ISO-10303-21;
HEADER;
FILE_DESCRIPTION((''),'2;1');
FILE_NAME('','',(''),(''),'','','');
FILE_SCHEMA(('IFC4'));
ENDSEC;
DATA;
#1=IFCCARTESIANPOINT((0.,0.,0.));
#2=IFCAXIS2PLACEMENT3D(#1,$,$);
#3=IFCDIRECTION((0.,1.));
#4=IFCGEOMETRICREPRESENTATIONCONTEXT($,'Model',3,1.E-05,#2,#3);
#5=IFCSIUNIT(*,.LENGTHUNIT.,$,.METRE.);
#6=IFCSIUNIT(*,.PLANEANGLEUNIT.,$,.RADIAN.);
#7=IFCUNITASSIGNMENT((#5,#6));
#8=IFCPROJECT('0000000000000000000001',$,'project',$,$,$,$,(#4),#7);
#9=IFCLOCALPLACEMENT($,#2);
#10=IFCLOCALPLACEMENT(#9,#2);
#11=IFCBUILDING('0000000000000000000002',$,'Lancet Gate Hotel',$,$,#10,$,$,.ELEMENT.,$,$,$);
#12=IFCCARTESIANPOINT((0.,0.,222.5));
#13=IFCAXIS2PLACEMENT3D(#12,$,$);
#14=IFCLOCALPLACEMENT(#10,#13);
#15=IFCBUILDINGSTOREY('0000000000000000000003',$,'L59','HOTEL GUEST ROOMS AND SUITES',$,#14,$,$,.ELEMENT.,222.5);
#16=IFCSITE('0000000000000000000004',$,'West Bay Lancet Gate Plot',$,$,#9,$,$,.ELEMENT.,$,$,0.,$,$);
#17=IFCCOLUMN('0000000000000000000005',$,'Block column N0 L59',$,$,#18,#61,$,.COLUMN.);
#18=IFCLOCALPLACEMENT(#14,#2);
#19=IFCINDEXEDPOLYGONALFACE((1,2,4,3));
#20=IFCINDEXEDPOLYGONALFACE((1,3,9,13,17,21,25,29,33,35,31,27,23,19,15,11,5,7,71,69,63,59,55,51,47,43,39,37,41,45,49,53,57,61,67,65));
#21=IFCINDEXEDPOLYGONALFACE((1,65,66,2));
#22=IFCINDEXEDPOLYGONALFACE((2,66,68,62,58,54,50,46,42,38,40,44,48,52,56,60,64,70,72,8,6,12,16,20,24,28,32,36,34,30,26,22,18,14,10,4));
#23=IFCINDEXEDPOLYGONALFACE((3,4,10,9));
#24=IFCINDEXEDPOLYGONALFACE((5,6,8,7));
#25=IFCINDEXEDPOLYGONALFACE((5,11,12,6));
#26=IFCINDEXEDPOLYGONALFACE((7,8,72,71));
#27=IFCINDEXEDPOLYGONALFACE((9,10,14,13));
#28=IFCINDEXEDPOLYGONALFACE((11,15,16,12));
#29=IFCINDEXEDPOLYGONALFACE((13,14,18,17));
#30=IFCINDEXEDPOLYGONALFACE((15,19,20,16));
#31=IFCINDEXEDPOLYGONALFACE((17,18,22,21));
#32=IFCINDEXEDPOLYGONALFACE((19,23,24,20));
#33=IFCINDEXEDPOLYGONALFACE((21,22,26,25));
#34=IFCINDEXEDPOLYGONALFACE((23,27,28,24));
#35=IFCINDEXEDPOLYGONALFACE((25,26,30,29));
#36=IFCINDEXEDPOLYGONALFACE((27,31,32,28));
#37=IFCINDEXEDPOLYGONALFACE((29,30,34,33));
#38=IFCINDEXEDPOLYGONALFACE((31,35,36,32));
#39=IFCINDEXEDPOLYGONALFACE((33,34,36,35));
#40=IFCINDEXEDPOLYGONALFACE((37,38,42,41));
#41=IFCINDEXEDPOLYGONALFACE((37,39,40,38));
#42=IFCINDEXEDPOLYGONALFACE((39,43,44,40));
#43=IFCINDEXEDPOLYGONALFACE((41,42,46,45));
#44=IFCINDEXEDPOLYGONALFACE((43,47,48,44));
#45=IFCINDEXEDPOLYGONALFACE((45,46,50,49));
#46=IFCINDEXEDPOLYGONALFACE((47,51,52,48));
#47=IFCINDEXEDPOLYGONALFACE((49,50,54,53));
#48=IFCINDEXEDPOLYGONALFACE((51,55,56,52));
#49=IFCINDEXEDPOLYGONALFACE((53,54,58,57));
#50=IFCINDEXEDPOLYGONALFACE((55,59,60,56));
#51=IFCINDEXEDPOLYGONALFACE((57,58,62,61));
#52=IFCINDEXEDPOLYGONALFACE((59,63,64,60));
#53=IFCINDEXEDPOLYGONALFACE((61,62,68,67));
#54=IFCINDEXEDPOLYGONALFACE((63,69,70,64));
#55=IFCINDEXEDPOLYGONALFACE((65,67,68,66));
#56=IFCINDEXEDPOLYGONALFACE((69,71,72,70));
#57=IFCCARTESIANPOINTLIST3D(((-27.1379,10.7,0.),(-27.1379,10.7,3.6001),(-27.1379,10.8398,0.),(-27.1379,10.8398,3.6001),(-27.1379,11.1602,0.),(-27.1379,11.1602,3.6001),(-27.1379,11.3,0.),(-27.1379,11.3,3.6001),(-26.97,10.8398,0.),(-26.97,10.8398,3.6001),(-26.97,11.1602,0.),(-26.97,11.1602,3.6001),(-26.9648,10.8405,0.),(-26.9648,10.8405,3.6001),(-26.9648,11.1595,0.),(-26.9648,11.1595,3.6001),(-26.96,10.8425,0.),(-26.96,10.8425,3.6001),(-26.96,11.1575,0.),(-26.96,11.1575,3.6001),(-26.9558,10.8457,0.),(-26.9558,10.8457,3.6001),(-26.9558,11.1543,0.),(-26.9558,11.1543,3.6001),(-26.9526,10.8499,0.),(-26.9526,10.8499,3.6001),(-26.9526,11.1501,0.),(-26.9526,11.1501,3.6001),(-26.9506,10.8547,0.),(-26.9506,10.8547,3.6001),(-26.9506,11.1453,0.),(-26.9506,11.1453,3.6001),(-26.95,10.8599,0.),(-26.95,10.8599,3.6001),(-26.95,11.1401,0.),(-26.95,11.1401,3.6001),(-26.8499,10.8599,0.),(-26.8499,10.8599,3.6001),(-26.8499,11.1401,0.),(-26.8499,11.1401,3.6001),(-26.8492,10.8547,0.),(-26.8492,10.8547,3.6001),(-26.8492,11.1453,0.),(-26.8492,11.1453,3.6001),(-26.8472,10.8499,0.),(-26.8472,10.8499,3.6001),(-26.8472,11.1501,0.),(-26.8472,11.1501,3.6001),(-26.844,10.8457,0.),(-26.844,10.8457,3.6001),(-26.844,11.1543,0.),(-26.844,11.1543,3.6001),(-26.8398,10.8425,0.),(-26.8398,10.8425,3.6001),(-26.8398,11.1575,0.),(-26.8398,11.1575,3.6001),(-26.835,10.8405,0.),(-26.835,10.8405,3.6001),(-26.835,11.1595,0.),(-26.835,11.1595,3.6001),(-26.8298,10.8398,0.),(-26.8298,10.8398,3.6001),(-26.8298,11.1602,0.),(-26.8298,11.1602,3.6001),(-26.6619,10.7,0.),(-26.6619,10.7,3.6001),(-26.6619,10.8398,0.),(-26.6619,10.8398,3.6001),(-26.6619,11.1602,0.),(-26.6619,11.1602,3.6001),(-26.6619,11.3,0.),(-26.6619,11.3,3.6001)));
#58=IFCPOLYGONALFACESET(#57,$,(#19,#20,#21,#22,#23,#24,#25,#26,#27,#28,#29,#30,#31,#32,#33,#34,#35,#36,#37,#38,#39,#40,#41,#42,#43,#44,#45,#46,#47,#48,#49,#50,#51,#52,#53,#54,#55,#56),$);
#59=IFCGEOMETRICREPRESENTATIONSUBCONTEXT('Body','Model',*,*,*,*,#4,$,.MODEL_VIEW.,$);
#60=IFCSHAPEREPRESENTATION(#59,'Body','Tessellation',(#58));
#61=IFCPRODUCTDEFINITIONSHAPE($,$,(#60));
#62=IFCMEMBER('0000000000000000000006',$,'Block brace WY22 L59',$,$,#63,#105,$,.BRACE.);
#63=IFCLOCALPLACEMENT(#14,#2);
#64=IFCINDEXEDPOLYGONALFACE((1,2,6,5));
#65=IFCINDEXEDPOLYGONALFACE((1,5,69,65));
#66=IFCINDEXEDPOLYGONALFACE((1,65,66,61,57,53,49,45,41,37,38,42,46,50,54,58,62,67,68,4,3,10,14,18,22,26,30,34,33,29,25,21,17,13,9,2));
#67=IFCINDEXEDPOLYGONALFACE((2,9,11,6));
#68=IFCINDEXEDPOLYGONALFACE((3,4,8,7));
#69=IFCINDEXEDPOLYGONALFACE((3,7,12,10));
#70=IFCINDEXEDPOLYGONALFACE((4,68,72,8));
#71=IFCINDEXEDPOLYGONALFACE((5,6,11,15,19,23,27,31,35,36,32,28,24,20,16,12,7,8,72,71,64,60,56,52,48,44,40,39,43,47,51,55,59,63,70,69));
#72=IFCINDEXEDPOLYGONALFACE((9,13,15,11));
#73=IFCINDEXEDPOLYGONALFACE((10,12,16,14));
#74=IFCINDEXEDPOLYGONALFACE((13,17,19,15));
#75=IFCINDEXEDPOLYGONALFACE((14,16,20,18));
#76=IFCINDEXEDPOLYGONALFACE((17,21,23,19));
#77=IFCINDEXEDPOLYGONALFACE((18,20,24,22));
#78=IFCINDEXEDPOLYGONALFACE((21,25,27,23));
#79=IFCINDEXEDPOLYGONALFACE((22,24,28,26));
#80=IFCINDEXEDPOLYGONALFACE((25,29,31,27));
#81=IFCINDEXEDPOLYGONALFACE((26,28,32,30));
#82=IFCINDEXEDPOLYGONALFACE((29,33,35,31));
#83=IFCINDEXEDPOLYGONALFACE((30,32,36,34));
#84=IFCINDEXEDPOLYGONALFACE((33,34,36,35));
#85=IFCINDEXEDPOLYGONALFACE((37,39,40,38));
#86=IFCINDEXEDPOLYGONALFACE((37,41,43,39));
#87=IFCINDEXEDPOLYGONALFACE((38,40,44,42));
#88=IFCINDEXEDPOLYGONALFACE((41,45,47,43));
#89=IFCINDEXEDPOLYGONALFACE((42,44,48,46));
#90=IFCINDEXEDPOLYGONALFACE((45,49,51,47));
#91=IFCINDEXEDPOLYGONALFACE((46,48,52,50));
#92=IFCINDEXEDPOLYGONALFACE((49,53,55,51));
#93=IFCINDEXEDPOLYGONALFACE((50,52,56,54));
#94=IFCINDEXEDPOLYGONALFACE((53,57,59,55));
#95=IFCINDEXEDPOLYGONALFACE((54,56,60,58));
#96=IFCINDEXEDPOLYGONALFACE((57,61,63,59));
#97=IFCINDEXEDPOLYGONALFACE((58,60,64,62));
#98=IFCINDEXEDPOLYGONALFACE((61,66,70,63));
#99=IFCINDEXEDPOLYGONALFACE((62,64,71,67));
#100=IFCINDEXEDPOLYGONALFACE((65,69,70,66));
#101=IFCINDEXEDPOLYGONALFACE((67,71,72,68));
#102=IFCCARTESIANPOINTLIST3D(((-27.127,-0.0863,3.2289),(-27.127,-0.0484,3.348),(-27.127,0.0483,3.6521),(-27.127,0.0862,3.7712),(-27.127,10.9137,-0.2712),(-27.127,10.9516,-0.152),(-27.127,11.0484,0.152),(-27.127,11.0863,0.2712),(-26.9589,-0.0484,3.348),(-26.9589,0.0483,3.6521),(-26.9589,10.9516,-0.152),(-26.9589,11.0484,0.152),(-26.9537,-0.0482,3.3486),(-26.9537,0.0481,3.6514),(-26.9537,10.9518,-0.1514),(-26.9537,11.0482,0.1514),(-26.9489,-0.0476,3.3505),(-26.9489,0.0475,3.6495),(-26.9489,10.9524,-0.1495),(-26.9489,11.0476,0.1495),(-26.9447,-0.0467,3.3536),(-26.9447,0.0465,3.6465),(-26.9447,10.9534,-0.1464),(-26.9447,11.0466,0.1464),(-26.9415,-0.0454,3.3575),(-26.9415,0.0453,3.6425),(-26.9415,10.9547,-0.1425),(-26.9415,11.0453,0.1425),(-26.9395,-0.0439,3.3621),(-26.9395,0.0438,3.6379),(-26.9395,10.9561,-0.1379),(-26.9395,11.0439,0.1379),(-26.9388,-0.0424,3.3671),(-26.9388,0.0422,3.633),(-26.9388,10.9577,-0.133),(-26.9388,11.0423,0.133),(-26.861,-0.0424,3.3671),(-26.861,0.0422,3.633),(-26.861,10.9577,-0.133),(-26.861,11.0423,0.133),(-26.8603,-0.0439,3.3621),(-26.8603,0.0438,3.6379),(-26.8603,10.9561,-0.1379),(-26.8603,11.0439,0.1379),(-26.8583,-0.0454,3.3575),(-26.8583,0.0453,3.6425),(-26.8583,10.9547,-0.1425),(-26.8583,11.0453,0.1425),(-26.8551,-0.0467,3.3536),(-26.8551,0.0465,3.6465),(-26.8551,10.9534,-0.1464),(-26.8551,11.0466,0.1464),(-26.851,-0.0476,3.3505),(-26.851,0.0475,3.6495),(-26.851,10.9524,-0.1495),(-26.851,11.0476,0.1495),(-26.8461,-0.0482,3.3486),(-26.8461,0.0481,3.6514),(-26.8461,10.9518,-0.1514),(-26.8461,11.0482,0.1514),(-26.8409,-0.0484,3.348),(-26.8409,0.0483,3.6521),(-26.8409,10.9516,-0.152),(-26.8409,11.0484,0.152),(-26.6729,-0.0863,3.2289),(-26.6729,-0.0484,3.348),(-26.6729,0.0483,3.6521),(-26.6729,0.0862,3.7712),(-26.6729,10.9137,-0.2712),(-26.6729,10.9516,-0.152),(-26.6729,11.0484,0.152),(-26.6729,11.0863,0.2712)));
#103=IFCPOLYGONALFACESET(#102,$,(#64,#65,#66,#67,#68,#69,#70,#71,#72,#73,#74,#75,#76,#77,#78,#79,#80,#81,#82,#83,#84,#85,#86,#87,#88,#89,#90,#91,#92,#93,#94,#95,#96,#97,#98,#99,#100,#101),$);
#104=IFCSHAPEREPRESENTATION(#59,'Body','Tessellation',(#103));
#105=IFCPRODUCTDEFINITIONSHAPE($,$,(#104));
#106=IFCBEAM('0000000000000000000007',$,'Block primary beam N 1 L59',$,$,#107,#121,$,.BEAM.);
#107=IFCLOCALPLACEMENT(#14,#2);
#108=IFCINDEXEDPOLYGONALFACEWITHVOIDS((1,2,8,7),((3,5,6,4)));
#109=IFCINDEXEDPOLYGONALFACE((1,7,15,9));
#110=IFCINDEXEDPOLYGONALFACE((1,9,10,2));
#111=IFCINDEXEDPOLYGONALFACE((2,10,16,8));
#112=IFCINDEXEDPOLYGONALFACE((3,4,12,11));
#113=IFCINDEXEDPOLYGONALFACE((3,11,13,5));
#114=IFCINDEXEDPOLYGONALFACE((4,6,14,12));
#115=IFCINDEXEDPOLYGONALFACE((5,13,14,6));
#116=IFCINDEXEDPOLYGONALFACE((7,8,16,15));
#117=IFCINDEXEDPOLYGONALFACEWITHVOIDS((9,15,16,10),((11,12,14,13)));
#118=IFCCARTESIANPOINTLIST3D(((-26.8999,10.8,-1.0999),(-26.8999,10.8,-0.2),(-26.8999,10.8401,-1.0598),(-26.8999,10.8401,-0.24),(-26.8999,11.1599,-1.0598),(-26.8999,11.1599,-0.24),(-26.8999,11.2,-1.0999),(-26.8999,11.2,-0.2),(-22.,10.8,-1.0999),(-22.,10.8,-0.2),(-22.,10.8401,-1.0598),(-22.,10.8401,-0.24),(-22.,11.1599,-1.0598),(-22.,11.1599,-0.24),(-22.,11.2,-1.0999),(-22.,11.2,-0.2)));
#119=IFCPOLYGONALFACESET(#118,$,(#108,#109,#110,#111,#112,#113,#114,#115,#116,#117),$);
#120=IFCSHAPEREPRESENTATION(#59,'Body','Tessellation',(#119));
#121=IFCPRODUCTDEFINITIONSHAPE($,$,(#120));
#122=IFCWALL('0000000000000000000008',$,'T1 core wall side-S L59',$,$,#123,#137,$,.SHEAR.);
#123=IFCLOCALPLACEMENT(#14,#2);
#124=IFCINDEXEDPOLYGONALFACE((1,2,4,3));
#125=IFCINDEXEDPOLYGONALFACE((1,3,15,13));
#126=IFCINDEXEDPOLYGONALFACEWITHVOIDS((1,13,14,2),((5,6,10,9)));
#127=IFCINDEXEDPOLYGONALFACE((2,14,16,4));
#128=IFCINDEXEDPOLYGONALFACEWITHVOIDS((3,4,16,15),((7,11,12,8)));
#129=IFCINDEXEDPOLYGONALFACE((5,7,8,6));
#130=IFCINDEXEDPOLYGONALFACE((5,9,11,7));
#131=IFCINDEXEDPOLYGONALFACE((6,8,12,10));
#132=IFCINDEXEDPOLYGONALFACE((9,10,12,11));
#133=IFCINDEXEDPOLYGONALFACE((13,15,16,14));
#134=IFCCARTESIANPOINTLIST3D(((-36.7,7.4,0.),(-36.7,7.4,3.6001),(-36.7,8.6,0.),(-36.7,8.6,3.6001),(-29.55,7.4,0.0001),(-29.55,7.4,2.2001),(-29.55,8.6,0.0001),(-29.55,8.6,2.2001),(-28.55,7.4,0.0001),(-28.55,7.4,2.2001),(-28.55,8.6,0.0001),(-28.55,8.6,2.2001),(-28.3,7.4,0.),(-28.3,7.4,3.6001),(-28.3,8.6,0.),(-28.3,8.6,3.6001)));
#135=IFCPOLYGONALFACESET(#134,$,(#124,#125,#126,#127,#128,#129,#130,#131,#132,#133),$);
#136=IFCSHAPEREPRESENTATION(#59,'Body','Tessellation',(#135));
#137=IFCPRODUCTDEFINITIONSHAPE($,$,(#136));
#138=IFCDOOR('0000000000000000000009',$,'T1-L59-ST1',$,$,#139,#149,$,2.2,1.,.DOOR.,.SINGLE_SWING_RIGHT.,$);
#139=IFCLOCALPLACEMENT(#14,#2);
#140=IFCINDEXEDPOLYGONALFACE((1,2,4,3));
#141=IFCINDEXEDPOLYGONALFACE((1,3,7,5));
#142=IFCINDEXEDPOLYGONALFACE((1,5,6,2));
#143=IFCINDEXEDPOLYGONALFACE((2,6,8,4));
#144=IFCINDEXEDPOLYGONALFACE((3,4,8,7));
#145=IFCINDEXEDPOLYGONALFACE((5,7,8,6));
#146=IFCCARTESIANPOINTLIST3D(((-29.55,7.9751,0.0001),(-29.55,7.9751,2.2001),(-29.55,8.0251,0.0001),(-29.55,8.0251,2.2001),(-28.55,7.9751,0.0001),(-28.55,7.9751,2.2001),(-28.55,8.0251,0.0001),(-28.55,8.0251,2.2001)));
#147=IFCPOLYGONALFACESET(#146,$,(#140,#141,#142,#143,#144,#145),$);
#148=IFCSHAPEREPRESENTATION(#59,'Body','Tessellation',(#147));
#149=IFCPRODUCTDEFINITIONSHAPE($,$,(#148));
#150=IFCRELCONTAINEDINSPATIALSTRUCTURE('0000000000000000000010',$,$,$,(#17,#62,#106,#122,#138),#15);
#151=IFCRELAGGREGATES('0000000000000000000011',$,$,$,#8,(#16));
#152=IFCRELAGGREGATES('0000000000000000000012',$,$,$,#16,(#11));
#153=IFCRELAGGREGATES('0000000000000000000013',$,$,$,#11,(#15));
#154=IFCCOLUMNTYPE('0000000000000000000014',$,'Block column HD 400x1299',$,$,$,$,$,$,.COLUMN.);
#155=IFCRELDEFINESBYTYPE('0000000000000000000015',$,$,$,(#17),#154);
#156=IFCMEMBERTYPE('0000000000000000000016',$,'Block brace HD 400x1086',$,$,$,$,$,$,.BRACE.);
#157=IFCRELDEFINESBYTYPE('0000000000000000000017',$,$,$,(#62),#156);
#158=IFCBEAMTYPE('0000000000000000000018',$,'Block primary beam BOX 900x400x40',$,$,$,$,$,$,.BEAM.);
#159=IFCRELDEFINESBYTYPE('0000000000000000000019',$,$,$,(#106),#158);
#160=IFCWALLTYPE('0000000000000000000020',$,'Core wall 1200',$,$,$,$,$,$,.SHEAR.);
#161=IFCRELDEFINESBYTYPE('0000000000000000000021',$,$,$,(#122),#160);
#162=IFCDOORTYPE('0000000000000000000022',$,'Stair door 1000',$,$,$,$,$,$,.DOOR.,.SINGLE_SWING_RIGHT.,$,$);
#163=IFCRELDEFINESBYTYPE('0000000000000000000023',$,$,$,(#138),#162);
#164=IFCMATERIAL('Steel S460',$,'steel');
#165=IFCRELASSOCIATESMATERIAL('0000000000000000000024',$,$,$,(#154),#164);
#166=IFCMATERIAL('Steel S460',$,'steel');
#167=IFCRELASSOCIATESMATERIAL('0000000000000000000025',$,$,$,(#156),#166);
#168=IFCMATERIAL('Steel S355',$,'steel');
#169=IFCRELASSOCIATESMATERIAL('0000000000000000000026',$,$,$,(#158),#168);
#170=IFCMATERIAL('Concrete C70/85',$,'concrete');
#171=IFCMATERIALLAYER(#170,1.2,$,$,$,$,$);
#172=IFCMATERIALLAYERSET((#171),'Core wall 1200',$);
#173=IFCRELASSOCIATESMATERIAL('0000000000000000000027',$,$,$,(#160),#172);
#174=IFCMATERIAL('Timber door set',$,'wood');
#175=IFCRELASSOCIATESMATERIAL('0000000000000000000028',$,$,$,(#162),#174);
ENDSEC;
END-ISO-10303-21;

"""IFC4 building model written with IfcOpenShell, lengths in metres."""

from ifc_helpers import new_model, si_unit, direction, frame, frame_2d, origin, origin_2d, place, context, subcontext, project, spatial, rectangle, hollow_rectangle, i_section, extrude, material, layer, layer_set, material_profile, profile_set, type_object, element, fill, save


model = new_model("IFC4")

# Units and contexts
model_context = context("Model", 3, precision=1e-05, world=origin(), true_north=direction((0.0, 1.0)))
body_context = subcontext(model_context, "Body", "Model", "MODEL_VIEW")
ifc_project = project(units=[si_unit("LENGTHUNIT", "METRE"), si_unit("PLANEANGLEUNIT", "RADIAN")], contexts=[model_context])

# Site, building, storey
site_placement = place(None, origin())
site = spatial("IfcSite", under=ifc_project, at=site_placement, Name="West Bay Lancet Gate Plot", CompositionType="ELEMENT", RefElevation=0.0)
building_placement = place(site_placement, origin())
building = spatial("IfcBuilding", under=site, at=building_placement, Name="Lancet Gate Hotel", CompositionType="ELEMENT")
storey_placement = place(building_placement, frame((0.0, 0.0, 222.5)))
storey = spatial("IfcBuildingStorey", under=building, at=storey_placement, Name="L59", Description="HOTEL GUEST ROOMS AND SUITES", CompositionType="ELEMENT", Elevation=222.5)

# Column
ifc_material_1 = material(Name="Steel S460", Category="steel")
ifc_material_profile_1 = material_profile(ifc_material_1, i_section(OverallWidth=0.4761, OverallDepth=0.6001, WebThickness=0.1001, FlangeThickness=0.1399, FilletRadius=0.02, at=origin_2d()), Name="HD 400x1299")
ifc_profile_set_1 = profile_set([ifc_material_profile_1], Name="Steel S460")
column_type = type_object("IfcColumnType", Name="Block column HD 400x1299", PredefinedType="COLUMN", material=ifc_profile_set_1)
column_placement = place(storey_placement, frame((-26.8999, 11.0, 0.0), z_axis=(0.0, 0.0, 1.0), x_axis=(1.0, 0.0, 0.0)))
element("IfcColumn", 1, at=column_placement, inside=storey, type_object=column_type, Name="Block column N0 L59", PredefinedType="COLUMN", context=body_context, shape_type="SweptSolid", body=[
    extrude(i_section(OverallWidth=0.4761, OverallDepth=0.6001, WebThickness=0.1001, FlangeThickness=0.1399, FilletRadius=0.02, at=origin_2d()), origin(), (0.0, 0.0, 1.0), 3.6001),
])

# Member
ifc_material_2 = material(Name="Steel S460", Category="steel")
ifc_material_profile_2 = material_profile(ifc_material_2, i_section(OverallWidth=0.4541, OverallDepth=0.5691, WebThickness=0.0779, FlangeThickness=0.125, FilletRadius=0.02, at=origin_2d()), Name="HD 400x1086")
ifc_profile_set_2 = profile_set([ifc_material_profile_2], Name="Steel S460")
member_type = type_object("IfcMemberType", Name="Block brace HD 400x1086", PredefinedType="BRACE", material=ifc_profile_set_2)
member_placement = place(storey_placement, frame((-26.8999, 11.0, 0.0), z_axis=(0.0, -0.952926, 0.303204), x_axis=(1.0, 0.0, 0.0)))
element("IfcMember", 2, at=member_placement, inside=storey, type_object=member_type, Name="Block brace WY22 L59", PredefinedType="BRACE", context=body_context, shape_type="SweptSolid", body=[
    extrude(i_section(OverallWidth=0.4541, OverallDepth=0.5691, WebThickness=0.0779, FlangeThickness=0.125, FilletRadius=0.02, at=origin_2d()), origin(), (0.0, 0.0, 1.0), 11.5435),
])

# Beam
ifc_material_3 = material(Name="Steel S355", Category="steel")
ifc_material_profile_3 = material_profile(ifc_material_3, hollow_rectangle(XDim=0.3999, YDim=0.8999, WallThickness=0.04, at=origin_2d()), Name="BOX 900x400x40")
ifc_profile_set_3 = profile_set([ifc_material_profile_3], Name="Steel S355")
beam_type = type_object("IfcBeamType", Name="Block primary beam BOX 900x400x40", PredefinedType="BEAM", material=ifc_profile_set_3)
beam_placement = place(storey_placement, frame((-26.8999, 11.0, -0.6499), z_axis=(1.0, 0.0, 0.0), x_axis=(0.0, 1.0, 0.0)))
element("IfcBeam", 3, at=beam_placement, inside=storey, type_object=beam_type, Name="Block primary beam N 1 L59", PredefinedType="BEAM", context=body_context, shape_type="SweptSolid", body=[
    extrude(hollow_rectangle(XDim=0.3999, YDim=0.8999, WallThickness=0.04, at=origin_2d()), origin(), (0.0, 0.0, 1.0), 4.8999),
])

# Wall, opening, door
ifc_material_4 = material(Name="Concrete C70/85", Category="concrete")
ifc_layer_1 = layer(ifc_material_4, 1.2)
ifc_layer_set_1 = layer_set([ifc_layer_1], Name="Core wall 1200")
wall_type_1 = type_object("IfcWallType", Name="Core wall 1200", PredefinedType="SHEAR", material=ifc_layer_set_1)
wall_1_placement = place(storey_placement, frame((-28.3, 8.0, 0.0), z_axis=(0.0, 0.0, 1.0), x_axis=(-1.0, 0.0, 0.0)))
wall_1 = element("IfcWall", 4, at=wall_1_placement, inside=storey, type_object=wall_type_1, Name="T1 core wall side-S L59", PredefinedType="SHEAR", context=body_context, shape_type="SweptSolid", body=[
    extrude(rectangle(XDim=8.3999, YDim=1.2, at=frame_2d((4.2, 0.0))), origin(), (0.0, 0.0, 1.0), 3.6001),
])
opening_1_placement = place(wall_1_placement, frame((0.25, 0.0, 0.0)))
opening_1 = element("IfcOpeningElement", 5, at=opening_1_placement, cuts=wall_1, PredefinedType="OPENING", context=body_context, shape_type="SweptSolid", body=[
    extrude(rectangle(XDim=1.0, YDim=2.2, at=frame_2d((0.5, 1.1001))), frame((0.0, 0.6099, 0.0), z_axis=(0.0, -1.0, 0.0), x_axis=(1.0, 0.0, 0.0)), (0.0, 0.0, 1.0), 1.22),
])
ifc_material_5 = material(Name="Timber door set", Category="wood")
door_type_1 = type_object("IfcDoorType", Name="Stair door 1000", OperationType="SINGLE_SWING_RIGHT", PredefinedType="DOOR", material=ifc_material_5)
door_1_placement = place(opening_1_placement, origin())
door_1 = element("IfcDoor", 6, at=door_1_placement, inside=storey, type_object=door_type_1, Name="T1-L59-ST1", OperationType="SINGLE_SWING_RIGHT", OverallHeight=2.2, OverallWidth=1.0, PredefinedType="DOOR", context=body_context, shape_type="SweptSolid", body=[
    extrude(rectangle(XDim=1.0, YDim=2.2, at=frame_2d((0.5, 1.1001))), frame((0.0, 0.0249, 0.0), z_axis=(0.0, -1.0, 0.0), x_axis=(1.0, 0.0, 0.0)), (0.0, 0.0, 1.0), 0.05),
])
fill(opening_1, door_1)

save(model, "model.ifc")
